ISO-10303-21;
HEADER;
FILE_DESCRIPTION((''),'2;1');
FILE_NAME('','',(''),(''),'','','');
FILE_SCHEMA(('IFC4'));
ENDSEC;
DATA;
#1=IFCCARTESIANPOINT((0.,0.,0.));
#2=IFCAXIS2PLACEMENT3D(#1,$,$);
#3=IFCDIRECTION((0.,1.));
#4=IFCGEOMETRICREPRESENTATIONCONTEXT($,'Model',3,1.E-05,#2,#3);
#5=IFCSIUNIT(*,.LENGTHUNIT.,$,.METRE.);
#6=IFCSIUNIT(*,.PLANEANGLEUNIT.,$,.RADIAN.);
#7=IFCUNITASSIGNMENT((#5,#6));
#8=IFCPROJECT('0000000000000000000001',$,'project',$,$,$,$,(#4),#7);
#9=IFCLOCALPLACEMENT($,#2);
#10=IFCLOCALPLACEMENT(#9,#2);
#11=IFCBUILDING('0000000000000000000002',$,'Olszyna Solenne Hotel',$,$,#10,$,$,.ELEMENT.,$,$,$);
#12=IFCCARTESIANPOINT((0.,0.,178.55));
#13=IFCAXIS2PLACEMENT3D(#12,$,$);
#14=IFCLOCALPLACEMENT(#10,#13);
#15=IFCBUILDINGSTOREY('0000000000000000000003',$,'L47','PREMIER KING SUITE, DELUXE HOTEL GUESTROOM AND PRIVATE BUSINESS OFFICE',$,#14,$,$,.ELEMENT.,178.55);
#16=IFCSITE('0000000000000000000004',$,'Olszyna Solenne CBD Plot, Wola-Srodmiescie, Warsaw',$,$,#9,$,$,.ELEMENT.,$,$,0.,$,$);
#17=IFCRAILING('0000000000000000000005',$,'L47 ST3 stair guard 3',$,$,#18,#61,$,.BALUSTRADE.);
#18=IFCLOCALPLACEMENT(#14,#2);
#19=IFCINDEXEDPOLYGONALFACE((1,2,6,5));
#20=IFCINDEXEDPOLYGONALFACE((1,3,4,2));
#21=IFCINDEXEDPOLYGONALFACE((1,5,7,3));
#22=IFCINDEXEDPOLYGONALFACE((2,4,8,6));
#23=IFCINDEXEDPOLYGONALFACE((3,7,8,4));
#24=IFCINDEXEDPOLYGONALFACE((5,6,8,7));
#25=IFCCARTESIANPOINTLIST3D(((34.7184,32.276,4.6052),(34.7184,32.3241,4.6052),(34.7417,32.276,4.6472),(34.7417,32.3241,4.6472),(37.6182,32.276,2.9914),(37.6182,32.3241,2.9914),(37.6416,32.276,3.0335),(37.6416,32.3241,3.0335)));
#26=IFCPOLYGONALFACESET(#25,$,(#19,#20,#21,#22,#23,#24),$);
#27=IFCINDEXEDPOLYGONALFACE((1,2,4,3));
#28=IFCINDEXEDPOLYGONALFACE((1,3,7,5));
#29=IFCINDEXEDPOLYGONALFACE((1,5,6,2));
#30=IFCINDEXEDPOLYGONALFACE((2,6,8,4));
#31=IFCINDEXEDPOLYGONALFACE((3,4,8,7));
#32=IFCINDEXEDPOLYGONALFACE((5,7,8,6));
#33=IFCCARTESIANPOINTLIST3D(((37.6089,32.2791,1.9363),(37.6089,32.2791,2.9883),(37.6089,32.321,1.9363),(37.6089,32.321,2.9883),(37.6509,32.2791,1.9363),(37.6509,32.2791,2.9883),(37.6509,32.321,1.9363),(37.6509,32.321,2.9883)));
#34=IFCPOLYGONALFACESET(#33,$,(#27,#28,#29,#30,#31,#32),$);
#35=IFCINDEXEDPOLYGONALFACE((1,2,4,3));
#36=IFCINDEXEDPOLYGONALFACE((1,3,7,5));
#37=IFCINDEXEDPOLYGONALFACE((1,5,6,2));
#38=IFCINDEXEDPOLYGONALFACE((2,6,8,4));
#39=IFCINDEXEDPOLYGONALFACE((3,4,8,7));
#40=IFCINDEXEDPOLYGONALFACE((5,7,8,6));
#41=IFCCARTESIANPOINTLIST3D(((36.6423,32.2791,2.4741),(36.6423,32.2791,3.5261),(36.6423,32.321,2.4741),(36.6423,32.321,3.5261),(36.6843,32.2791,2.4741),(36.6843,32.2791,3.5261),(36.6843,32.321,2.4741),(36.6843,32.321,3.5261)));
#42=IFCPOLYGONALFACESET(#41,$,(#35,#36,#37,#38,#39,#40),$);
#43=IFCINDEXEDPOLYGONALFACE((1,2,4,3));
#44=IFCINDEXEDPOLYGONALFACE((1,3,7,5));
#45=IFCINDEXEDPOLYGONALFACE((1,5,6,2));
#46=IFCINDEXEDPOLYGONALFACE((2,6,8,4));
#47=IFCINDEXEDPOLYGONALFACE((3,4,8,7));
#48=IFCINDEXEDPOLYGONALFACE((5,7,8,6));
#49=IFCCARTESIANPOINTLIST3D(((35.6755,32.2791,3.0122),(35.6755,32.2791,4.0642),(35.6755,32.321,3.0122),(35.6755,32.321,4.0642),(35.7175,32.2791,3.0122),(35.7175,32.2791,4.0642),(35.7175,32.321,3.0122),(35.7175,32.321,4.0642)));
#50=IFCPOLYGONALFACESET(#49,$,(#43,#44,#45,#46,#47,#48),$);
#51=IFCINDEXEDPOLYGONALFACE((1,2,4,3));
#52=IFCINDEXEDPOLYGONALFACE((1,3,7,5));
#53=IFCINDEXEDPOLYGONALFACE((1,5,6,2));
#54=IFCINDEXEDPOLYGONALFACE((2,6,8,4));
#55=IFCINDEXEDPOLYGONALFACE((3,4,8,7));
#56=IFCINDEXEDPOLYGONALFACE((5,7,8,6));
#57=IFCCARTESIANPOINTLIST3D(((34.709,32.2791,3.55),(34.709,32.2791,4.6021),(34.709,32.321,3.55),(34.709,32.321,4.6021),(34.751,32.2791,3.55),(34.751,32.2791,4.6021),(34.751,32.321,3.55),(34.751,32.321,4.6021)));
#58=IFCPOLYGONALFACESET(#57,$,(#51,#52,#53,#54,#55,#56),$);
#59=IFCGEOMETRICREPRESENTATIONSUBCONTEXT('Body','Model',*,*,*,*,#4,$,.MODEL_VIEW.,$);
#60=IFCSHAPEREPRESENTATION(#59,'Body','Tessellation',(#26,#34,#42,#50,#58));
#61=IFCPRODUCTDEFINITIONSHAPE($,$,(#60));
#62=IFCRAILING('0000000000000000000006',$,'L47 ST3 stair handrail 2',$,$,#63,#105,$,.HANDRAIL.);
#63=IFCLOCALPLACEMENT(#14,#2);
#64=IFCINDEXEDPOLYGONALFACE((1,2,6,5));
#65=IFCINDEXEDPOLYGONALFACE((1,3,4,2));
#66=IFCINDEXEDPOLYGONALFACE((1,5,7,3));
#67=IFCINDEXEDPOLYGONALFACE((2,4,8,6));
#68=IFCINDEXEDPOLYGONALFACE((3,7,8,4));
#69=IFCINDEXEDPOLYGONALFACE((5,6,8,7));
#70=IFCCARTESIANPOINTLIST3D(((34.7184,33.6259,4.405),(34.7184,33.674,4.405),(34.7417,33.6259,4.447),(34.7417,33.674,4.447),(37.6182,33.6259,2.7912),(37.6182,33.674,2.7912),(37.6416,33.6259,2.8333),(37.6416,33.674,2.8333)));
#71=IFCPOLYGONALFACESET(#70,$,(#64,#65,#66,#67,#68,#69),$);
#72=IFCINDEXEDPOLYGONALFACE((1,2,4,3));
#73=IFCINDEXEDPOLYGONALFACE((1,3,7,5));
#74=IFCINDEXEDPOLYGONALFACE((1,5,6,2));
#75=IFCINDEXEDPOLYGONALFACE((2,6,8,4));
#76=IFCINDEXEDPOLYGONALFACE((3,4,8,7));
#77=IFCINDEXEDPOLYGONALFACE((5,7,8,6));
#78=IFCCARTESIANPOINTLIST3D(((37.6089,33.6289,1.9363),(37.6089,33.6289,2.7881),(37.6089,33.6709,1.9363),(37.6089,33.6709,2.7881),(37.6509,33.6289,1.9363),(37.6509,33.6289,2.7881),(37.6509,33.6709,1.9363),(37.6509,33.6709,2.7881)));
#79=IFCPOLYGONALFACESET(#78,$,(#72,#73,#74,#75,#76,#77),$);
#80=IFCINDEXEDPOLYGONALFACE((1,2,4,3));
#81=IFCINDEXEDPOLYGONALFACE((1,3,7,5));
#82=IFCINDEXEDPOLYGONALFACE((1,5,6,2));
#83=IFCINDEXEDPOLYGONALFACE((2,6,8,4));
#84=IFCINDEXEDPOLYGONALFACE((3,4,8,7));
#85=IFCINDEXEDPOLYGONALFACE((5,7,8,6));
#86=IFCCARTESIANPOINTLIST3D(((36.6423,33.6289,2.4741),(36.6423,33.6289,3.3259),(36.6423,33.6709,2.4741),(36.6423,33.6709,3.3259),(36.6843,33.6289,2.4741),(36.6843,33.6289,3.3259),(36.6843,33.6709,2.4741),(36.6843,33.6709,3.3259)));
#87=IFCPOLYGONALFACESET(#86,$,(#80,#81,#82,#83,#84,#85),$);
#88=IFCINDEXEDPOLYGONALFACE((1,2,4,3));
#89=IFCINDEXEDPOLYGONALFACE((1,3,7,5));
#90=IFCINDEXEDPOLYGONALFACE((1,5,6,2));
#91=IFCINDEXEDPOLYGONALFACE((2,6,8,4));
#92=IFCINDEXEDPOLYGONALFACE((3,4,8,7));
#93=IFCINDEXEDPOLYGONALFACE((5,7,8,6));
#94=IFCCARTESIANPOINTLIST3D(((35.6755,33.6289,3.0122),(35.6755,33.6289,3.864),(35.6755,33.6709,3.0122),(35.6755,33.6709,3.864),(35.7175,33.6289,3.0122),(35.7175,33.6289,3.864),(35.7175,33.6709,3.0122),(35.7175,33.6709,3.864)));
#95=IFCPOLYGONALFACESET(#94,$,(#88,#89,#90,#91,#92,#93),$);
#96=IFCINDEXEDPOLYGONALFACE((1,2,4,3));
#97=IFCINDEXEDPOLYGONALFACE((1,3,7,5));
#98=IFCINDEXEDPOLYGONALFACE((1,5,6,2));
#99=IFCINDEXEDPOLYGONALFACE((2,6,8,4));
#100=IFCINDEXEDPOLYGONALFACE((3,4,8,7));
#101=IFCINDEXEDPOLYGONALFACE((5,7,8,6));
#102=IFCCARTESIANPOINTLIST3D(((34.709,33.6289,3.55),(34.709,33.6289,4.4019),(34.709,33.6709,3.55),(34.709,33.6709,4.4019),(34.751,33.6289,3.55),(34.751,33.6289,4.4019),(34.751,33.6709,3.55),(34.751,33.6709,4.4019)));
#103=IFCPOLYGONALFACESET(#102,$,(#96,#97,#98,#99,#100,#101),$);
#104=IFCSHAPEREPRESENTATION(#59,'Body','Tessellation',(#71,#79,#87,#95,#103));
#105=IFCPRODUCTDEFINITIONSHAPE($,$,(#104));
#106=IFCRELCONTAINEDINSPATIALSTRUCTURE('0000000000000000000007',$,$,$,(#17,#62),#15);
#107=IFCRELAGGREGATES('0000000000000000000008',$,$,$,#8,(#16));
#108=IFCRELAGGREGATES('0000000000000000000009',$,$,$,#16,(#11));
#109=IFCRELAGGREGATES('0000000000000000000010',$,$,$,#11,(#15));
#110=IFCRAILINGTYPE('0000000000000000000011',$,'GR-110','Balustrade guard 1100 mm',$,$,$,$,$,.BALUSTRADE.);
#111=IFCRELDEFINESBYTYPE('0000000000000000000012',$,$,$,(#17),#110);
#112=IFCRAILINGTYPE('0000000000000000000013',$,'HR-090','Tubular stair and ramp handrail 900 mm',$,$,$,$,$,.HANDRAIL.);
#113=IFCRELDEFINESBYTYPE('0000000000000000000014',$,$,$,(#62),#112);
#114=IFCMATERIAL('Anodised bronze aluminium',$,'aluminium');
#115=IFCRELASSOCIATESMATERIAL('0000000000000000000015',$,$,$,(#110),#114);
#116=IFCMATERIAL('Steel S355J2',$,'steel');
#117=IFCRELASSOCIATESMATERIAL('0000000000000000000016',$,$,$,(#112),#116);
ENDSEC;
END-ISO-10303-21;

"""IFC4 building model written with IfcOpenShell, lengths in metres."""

from ifc_helpers import new_model, si_unit, direction, frame, origin, origin_2d, place, context, subcontext, project, spatial, rectangle, extrude, material, type_object, element, save


model = new_model("IFC4")

# Units and contexts
model_context = context("Model", 3, precision=1e-05, world=origin(), true_north=direction((0.0, 1.0)))
body_context = subcontext(model_context, "Body", "Model", "MODEL_VIEW")
ifc_project = project(units=[si_unit("LENGTHUNIT", "METRE"), si_unit("PLANEANGLEUNIT", "RADIAN")], contexts=[model_context])

# Site, building, storey
site_placement = place(None, origin())
site = spatial("IfcSite", under=ifc_project, at=site_placement, Name="Olszyna Solenne CBD Plot, Wola-Srodmiescie, Warsaw", CompositionType="ELEMENT", RefElevation=0.0)
building_placement = place(site_placement, origin())
building = spatial("IfcBuilding", under=site, at=building_placement, Name="Olszyna Solenne Hotel", CompositionType="ELEMENT")
storey_placement = place(building_placement, frame((0.0, 0.0, 178.55)))
storey = spatial("IfcBuildingStorey", under=building, at=storey_placement, Name="L47", Description="PREMIER KING SUITE, DELUXE HOTEL GUESTROOM AND PRIVATE BUSINESS OFFICE", CompositionType="ELEMENT", Elevation=178.55)

# Shared definitions
ifc_material_1 = material(Name="Steel S355J2", Category="steel")

# Shared definitions
ifc_material_2 = material(Name="Anodised bronze aluminium", Category="aluminium")

# Railings
railing_type_1 = type_object("IfcRailingType", Name="GR-110", Description="Balustrade guard 1100 mm", PredefinedType="BALUSTRADE", material=ifc_material_2)
railing_1_placement = place(storey_placement, frame((37.6299, 32.3, 1.9363)))
element("IfcRailing", 1, at=railing_1_placement, inside=storey, type_object=railing_type_1, Name="L47 ST3 stair guard 3", PredefinedType="BALUSTRADE", context=body_context, shape_type="SweptSolid", body=[
    extrude(rectangle(XDim=0.0481, YDim=0.0481, at=origin_2d()), frame((0.0, 0.0, 1.0762), z_axis=(-0.87381, 0.0, 0.486267), x_axis=(0.0, -1.0, 0.0)), (0.0, 0.0, 1.0), 3.3186),
    extrude(rectangle(XDim=0.042, YDim=0.042, at=origin_2d()), origin(), (0.0, 0.0, 1.0), 1.052),
    extrude(rectangle(XDim=0.042, YDim=0.042, at=origin_2d()), frame((-0.9666, 0.0, 0.5378)), (0.0, 0.0, 1.0), 1.052),
    extrude(rectangle(XDim=0.042, YDim=0.042, at=origin_2d()), frame((-1.9333, 0.0, 1.0759)), (0.0, 0.0, 1.0), 1.052),
    extrude(rectangle(XDim=0.042, YDim=0.042, at=origin_2d()), frame((-2.8999, 0.0, 1.6138)), (0.0, 0.0, 1.0), 1.052),
])
railing_type_2 = type_object("IfcRailingType", Name="HR-090", Description="Tubular stair and ramp handrail 900 mm", PredefinedType="HANDRAIL", material=ifc_material_1)
railing_2_placement = place(storey_placement, frame((37.6299, 33.6499, 1.9363)))
element("IfcRailing", 2, at=railing_2_placement, inside=storey, type_object=railing_type_2, Name="L47 ST3 stair handrail 2", PredefinedType="HANDRAIL", context=body_context, shape_type="SweptSolid", body=[
    extrude(rectangle(XDim=0.0481, YDim=0.0481, at=origin_2d()), frame((0.0, 0.0, 0.876), z_axis=(-0.87381, 0.0, 0.486267), x_axis=(0.0, -1.0, 0.0)), (0.0, 0.0, 1.0), 3.3186),
    extrude(rectangle(XDim=0.042, YDim=0.042, at=origin_2d()), origin(), (0.0, 0.0, 1.0), 0.8518),
    extrude(rectangle(XDim=0.042, YDim=0.042, at=origin_2d()), frame((-0.9666, 0.0, 0.5378)), (0.0, 0.0, 1.0), 0.8518),
    extrude(rectangle(XDim=0.042, YDim=0.042, at=origin_2d()), frame((-1.9333, 0.0, 1.0759)), (0.0, 0.0, 1.0), 0.8518),
    extrude(rectangle(XDim=0.042, YDim=0.042, at=origin_2d()), frame((-2.8999, 0.0, 1.6138)), (0.0, 0.0, 1.0), 0.8518),
])

save(model, "model.ifc")
